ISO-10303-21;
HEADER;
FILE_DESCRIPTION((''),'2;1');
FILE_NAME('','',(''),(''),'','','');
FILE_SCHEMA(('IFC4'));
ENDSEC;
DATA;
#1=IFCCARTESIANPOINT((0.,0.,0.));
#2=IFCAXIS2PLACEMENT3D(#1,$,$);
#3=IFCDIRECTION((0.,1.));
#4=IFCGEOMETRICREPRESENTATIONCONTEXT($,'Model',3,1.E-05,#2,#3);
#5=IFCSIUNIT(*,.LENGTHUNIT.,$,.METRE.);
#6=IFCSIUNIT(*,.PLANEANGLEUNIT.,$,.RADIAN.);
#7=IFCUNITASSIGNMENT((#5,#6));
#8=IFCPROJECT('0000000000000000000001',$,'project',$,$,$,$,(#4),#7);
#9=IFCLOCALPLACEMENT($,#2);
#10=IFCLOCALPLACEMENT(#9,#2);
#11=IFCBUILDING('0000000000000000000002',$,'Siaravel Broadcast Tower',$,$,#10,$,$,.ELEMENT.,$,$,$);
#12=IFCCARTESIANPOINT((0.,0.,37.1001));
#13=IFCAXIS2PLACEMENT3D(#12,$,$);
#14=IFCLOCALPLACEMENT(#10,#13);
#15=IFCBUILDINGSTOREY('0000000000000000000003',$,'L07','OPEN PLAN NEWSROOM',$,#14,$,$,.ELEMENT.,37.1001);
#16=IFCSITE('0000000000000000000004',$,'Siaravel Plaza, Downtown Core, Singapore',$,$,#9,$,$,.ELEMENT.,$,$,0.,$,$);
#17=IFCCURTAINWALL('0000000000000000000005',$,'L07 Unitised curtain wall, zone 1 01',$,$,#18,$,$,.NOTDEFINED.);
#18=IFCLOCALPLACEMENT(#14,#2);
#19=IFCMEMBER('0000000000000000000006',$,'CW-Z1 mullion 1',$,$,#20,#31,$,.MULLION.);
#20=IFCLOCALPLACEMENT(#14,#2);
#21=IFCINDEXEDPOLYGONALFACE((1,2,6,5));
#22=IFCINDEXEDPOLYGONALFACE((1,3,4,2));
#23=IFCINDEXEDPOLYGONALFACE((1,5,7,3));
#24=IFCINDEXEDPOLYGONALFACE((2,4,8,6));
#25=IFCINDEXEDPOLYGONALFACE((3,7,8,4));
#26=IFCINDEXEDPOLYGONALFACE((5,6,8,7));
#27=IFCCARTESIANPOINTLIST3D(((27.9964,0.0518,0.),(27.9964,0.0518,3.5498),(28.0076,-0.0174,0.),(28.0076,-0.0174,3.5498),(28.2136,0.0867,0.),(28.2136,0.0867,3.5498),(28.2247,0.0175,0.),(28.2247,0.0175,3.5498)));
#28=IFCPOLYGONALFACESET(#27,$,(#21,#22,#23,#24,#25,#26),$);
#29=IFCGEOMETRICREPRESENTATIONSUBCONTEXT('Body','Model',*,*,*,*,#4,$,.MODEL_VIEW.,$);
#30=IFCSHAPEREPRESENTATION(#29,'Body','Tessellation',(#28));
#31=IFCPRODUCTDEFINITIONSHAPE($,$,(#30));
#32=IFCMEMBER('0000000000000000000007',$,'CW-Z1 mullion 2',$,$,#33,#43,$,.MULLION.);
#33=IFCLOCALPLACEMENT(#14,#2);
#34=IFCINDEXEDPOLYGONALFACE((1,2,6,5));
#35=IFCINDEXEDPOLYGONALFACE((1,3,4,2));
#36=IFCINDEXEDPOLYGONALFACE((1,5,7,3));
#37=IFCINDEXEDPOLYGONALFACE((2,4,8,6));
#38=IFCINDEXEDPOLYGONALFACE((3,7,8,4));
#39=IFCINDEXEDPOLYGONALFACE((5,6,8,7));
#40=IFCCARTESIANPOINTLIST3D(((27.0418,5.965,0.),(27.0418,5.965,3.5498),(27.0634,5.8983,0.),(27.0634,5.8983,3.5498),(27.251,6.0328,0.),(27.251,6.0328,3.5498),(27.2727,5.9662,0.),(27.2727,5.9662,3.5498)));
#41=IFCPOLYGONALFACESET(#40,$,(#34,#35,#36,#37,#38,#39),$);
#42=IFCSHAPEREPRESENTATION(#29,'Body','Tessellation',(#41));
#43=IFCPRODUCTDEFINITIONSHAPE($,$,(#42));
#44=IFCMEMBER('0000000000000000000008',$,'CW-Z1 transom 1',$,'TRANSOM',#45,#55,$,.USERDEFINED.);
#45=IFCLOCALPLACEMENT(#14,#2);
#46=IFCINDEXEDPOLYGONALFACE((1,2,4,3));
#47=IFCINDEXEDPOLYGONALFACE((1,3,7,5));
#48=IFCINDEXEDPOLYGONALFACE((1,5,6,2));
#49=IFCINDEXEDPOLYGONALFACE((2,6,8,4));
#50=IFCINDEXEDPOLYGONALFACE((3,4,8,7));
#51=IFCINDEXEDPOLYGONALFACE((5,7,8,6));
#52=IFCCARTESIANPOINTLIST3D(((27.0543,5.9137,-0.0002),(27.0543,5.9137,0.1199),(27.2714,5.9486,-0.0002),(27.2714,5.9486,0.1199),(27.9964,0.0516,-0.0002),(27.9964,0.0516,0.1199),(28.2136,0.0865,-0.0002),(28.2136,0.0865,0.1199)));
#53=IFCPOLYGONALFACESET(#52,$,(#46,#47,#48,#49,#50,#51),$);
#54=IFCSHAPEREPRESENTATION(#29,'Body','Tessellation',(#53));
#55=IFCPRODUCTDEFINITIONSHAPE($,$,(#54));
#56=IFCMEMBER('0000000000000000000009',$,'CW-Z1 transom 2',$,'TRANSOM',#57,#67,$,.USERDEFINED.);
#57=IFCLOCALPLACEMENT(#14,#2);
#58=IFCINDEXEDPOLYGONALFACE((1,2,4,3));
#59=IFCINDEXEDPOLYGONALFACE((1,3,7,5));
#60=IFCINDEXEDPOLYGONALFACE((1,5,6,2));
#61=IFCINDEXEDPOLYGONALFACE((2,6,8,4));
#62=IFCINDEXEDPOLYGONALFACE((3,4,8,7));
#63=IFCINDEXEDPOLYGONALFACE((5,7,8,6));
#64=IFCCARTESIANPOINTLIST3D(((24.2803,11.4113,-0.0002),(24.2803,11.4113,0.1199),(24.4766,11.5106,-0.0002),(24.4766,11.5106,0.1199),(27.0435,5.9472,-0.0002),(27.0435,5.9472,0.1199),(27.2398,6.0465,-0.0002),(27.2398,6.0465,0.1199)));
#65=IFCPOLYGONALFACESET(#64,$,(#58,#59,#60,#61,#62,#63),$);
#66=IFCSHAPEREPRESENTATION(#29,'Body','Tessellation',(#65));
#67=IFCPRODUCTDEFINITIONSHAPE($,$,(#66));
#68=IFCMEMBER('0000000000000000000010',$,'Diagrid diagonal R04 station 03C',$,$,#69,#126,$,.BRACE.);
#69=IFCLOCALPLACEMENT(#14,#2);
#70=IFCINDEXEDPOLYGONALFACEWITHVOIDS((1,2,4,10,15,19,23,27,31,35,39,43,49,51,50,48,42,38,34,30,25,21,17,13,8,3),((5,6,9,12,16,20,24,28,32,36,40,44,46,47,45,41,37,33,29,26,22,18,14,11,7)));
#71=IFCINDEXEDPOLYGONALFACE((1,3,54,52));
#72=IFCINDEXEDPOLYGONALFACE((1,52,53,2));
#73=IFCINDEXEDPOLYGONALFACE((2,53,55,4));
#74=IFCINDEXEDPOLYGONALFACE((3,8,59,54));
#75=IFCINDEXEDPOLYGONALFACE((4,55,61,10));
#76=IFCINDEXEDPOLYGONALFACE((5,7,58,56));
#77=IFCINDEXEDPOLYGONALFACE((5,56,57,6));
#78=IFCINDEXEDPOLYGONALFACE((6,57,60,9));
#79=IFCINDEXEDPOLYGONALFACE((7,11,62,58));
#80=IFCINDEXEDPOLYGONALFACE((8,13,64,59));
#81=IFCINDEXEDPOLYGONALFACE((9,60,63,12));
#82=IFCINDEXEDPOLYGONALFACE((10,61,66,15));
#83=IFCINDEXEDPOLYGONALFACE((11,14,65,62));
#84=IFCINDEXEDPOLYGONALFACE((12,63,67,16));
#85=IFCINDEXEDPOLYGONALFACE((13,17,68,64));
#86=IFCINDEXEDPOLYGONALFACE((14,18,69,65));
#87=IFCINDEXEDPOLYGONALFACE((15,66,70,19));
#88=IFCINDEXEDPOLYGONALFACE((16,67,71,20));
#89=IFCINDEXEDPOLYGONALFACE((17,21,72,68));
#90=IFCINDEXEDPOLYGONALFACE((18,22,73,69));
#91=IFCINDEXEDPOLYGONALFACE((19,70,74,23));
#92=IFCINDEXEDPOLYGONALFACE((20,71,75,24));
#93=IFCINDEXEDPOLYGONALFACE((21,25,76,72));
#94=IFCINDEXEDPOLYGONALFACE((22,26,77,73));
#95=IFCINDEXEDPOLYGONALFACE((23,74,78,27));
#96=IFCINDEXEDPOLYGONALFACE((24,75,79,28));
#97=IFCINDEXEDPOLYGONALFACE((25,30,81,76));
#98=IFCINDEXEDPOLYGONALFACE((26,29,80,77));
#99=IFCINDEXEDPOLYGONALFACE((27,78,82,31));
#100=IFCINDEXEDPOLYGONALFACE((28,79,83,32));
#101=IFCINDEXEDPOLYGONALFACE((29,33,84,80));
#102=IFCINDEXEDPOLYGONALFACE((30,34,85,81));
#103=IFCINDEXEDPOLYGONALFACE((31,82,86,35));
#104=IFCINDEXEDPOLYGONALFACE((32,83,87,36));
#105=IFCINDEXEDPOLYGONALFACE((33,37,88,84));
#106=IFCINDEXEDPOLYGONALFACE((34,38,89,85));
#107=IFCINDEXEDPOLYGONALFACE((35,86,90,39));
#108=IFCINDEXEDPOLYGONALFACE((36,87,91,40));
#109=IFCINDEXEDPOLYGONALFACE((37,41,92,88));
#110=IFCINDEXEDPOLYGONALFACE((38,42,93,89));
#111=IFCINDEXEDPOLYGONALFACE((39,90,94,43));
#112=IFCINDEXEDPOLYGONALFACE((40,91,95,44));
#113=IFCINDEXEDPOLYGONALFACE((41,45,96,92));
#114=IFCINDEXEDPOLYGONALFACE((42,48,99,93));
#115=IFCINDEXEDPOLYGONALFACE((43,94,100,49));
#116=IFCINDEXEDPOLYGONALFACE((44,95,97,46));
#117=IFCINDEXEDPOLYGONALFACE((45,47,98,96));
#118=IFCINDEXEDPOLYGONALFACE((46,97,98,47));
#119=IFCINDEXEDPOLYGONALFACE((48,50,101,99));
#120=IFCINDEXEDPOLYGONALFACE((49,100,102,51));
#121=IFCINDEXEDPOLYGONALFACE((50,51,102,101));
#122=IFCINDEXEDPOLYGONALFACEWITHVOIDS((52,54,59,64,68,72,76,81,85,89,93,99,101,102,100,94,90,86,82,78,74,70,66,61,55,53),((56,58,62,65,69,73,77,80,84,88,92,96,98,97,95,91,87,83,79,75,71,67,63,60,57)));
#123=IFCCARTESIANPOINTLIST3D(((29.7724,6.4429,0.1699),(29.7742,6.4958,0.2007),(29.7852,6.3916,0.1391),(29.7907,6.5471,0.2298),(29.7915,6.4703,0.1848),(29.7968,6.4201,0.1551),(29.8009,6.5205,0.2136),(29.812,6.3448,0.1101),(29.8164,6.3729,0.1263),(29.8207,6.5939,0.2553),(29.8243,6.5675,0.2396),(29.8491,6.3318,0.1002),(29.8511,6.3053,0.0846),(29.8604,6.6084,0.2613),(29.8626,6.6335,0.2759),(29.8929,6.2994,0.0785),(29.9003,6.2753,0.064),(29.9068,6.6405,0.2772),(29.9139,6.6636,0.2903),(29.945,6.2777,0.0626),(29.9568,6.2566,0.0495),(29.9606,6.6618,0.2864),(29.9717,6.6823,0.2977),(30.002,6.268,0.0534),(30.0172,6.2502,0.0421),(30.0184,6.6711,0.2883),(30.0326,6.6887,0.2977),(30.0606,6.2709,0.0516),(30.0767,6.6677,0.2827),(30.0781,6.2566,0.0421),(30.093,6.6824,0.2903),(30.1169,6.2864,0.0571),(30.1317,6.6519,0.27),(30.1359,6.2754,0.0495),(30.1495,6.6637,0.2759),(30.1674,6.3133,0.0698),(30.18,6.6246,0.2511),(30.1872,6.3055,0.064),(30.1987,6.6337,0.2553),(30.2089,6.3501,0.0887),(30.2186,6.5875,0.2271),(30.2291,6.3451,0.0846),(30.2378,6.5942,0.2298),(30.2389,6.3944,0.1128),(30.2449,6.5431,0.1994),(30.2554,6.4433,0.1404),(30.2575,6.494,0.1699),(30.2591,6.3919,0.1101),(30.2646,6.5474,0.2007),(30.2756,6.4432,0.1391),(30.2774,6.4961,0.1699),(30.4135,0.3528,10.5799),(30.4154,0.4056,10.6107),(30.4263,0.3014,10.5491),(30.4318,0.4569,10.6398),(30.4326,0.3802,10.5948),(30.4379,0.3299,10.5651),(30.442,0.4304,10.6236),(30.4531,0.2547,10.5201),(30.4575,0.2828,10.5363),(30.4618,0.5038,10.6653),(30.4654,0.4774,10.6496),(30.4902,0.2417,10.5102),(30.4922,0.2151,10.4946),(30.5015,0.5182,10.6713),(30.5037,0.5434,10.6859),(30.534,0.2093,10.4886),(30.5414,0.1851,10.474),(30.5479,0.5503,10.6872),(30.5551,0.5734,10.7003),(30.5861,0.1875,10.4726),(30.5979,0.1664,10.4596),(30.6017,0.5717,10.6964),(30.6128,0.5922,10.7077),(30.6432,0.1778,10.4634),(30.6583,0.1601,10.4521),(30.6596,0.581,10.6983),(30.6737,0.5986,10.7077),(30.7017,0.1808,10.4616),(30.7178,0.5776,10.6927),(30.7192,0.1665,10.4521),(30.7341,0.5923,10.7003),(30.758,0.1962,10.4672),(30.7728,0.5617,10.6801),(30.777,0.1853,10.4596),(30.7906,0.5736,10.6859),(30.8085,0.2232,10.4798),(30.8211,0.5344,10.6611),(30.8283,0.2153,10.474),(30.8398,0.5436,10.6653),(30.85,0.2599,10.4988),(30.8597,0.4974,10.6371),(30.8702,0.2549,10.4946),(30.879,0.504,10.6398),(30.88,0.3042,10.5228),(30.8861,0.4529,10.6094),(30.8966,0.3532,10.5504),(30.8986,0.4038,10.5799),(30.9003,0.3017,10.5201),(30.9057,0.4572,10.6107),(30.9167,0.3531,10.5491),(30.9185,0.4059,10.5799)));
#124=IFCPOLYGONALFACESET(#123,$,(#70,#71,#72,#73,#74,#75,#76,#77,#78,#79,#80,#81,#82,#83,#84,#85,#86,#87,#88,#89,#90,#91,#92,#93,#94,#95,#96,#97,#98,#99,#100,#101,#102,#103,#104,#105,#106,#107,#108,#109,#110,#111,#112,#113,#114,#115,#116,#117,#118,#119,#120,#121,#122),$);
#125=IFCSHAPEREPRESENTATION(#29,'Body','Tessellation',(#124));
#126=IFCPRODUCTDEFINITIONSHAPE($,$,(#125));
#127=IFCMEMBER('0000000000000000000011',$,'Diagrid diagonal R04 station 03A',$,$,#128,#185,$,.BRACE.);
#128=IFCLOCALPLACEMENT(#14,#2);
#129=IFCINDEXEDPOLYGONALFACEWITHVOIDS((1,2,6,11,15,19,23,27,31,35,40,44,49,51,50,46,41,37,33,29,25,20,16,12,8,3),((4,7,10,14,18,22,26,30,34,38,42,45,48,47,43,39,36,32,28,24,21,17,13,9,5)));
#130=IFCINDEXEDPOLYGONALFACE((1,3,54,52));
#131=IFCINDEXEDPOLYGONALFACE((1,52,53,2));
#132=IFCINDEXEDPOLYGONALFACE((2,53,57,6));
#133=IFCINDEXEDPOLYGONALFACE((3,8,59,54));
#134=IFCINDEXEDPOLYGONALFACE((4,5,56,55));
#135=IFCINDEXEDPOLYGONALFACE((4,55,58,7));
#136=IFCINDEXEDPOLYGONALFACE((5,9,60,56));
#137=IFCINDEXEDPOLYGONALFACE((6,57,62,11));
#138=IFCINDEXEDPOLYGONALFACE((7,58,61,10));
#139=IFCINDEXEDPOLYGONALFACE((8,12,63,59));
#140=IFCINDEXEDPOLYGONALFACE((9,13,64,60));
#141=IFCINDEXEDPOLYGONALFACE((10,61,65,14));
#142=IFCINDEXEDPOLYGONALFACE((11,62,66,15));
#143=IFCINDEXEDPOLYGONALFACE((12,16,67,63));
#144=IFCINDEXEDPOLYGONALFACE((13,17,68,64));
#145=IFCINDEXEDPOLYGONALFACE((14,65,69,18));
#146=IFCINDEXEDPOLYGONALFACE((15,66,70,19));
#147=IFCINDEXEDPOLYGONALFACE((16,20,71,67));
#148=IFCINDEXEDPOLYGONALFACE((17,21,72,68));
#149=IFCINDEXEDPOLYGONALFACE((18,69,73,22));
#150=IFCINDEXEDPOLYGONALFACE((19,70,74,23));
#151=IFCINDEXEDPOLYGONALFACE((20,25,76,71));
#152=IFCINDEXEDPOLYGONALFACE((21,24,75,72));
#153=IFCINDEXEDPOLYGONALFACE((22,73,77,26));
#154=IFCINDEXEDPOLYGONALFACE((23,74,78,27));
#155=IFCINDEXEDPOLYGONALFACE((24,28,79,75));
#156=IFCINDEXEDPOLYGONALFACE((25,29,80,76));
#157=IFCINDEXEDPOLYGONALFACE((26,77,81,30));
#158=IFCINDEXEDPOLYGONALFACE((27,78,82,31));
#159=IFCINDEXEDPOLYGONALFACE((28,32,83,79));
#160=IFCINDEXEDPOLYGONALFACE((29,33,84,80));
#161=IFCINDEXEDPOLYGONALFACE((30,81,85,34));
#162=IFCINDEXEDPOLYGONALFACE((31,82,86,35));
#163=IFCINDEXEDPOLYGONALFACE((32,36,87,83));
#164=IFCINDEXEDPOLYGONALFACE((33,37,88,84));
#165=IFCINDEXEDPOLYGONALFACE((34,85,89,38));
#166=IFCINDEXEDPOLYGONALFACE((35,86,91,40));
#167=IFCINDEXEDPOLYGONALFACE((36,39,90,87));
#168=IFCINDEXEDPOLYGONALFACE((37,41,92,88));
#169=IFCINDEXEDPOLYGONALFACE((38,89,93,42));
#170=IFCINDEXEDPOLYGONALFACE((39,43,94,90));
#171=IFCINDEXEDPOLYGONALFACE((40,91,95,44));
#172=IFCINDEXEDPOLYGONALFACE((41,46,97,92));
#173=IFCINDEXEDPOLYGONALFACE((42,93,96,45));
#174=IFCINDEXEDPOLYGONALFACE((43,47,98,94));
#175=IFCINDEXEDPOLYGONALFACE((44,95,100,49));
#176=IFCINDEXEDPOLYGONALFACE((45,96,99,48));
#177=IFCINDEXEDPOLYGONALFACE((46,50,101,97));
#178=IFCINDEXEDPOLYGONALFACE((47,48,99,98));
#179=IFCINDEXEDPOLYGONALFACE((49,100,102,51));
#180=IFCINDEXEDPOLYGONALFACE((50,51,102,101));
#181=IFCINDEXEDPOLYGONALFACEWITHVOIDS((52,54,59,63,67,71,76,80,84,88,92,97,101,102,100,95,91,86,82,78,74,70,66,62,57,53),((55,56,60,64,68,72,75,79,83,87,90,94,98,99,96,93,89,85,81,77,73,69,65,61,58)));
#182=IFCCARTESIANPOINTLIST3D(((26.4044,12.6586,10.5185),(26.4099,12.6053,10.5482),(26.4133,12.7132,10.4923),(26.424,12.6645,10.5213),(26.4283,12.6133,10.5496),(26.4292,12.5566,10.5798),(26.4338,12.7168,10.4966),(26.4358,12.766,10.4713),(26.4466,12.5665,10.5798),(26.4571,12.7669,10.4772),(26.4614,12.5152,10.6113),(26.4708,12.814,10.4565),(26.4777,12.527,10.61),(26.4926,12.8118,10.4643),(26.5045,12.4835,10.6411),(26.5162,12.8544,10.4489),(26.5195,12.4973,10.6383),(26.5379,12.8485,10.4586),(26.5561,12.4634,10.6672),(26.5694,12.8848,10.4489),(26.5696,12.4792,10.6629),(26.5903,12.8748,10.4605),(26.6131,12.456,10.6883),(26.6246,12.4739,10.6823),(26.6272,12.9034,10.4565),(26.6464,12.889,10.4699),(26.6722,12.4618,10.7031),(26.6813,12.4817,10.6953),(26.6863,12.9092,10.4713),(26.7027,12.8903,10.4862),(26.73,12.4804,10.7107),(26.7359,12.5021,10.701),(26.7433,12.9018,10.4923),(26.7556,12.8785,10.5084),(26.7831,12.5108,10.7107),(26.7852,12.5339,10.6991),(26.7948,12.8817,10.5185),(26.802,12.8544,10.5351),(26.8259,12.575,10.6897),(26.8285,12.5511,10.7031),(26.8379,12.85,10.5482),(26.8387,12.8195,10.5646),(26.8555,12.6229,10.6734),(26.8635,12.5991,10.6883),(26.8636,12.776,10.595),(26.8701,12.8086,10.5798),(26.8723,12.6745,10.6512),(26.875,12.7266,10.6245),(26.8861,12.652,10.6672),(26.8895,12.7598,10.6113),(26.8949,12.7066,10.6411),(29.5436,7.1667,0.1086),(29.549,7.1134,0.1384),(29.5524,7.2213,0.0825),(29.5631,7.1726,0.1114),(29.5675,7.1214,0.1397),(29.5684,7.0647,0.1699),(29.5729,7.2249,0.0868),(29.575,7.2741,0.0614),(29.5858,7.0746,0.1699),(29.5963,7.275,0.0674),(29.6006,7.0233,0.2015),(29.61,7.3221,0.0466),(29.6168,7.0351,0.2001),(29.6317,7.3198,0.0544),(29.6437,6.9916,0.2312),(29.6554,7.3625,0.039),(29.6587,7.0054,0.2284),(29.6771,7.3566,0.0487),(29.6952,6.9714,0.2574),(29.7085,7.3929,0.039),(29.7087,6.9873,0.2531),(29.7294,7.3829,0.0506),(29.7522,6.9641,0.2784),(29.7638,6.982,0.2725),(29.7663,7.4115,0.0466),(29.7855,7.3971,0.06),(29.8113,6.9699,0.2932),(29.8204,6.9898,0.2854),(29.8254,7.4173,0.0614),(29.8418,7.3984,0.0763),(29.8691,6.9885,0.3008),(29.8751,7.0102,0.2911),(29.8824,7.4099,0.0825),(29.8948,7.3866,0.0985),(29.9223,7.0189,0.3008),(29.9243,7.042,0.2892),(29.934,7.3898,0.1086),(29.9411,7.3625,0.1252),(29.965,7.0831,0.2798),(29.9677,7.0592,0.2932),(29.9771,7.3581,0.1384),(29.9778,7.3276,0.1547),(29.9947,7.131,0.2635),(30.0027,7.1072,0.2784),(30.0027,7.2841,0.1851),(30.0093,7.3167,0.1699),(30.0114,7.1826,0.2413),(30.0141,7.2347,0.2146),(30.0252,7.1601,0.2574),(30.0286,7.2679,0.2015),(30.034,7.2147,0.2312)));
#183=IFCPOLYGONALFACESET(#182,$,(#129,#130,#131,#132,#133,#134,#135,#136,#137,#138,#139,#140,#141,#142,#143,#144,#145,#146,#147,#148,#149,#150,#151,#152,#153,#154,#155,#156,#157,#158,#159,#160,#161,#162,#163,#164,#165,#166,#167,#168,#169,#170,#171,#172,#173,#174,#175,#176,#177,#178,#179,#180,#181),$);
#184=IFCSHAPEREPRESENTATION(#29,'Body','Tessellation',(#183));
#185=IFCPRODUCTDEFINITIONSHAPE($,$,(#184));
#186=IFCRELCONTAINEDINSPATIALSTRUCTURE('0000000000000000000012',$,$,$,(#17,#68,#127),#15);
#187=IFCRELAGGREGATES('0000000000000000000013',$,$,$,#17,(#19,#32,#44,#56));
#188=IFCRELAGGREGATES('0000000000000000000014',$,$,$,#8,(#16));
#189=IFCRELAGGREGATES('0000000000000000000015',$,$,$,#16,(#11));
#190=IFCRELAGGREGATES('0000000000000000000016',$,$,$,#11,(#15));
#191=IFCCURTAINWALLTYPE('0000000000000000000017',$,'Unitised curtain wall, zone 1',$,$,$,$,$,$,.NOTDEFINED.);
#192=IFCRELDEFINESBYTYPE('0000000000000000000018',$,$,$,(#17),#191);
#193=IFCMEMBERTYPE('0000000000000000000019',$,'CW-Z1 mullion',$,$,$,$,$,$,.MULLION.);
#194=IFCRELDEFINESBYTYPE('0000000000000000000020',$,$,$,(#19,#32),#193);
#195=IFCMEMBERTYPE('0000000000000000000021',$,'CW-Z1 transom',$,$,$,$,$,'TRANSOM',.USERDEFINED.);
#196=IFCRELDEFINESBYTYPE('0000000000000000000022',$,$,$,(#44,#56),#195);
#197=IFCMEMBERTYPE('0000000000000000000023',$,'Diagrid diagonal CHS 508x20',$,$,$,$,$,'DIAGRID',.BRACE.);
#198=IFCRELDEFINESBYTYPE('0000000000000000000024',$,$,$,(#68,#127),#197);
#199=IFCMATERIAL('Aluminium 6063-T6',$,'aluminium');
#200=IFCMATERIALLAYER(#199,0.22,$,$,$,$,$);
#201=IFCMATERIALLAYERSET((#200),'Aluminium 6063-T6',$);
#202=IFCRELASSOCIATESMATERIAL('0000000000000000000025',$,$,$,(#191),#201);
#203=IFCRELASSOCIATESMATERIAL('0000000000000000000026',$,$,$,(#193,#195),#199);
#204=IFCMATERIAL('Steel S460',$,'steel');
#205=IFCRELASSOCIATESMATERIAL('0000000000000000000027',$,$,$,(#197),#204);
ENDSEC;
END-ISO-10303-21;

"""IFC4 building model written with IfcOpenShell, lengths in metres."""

from ifc_helpers import new_model, si_unit, direction, frame, origin, origin_2d, place, context, subcontext, project, spatial, rectangle, hollow_circle, extrude, material, layer, layer_set, material_profile, profile_set, type_object, element, aggregate, save


model = new_model("IFC4")

# Units and contexts
model_context = context("Model", 3, precision=1e-05, world=origin(), true_north=direction((0.0, 1.0)))
body_context = subcontext(model_context, "Body", "Model", "MODEL_VIEW")
ifc_project = project(units=[si_unit("LENGTHUNIT", "METRE"), si_unit("PLANEANGLEUNIT", "RADIAN")], contexts=[model_context])

# Site, building, storey
site_placement = place(None, origin())
site = spatial("IfcSite", under=ifc_project, at=site_placement, Name="Siaravel Plaza, Downtown Core, Singapore", CompositionType="ELEMENT", RefElevation=0.0)
building_placement = place(site_placement, origin())
building = spatial("IfcBuilding", under=site, at=building_placement, Name="Siaravel Broadcast Tower", CompositionType="ELEMENT")
storey_placement = place(building_placement, frame((0.0, 0.0, 37.1001)))
storey = spatial("IfcBuildingStorey", under=building, at=storey_placement, Name="L07", Description="OPEN PLAN NEWSROOM", CompositionType="ELEMENT", Elevation=37.1001)

# Curtain wall, members
ifc_material_1 = material(Name="Aluminium 6063-T6", Category="aluminium")
ifc_layer_1 = layer(ifc_material_1, 0.22)
ifc_layer_set_1 = layer_set([ifc_layer_1], Name="Aluminium 6063-T6")
curtain_wall_type = type_object("IfcCurtainWallType", Name="Unitised curtain wall, zone 1", PredefinedType="NOTDEFINED", material=ifc_layer_set_1)
curtain_wall_placement = place(storey_placement, origin())
curtain_wall = element("IfcCurtainWall", 1, at=curtain_wall_placement, inside=storey, type_object=curtain_wall_type, Name="L07 Unitised curtain wall, zone 1 01", PredefinedType="NOTDEFINED")
ifc_material_profile_1 = material_profile(ifc_material_1, rectangle(XDim=0.22, YDim=0.0701, at=origin_2d()))
ifc_profile_set_1 = profile_set([ifc_material_profile_1], Name="Aluminium 6063-T6")
member_type_1 = type_object("IfcMemberType", Name="CW-Z1 mullion", PredefinedType="MULLION", material=ifc_profile_set_1)
member_1_placement = place(storey_placement, frame((28.1106, 0.0347, 0.0), z_axis=(0.0, 0.0, 1.0), x_axis=(-0.987329, -0.158686, 0.0)))
member_1 = element("IfcMember", 2, at=member_1_placement, type_object=member_type_1, Name="CW-Z1 mullion 1", PredefinedType="MULLION", context=body_context, shape_type="SweptSolid", body=[
    extrude(rectangle(XDim=0.22, YDim=0.0701, at=origin_2d()), origin(), (0.0, 0.0, 1.0), 3.5498),
])
member_2_placement = place(storey_placement, frame((27.1572, 5.9656, 0.0), z_axis=(0.0, 0.0, 1.0), x_axis=(-0.951177, -0.308646, 0.0)))
member_2 = element("IfcMember", 3, at=member_2_placement, type_object=member_type_1, Name="CW-Z1 mullion 2", PredefinedType="MULLION", context=body_context, shape_type="SweptSolid", body=[
    extrude(rectangle(XDim=0.22, YDim=0.0701, at=origin_2d()), origin(), (0.0, 0.0, 1.0), 3.5498),
])
ifc_material_profile_2 = material_profile(ifc_material_1, rectangle(XDim=0.22, YDim=0.1201, at=origin_2d()))
ifc_profile_set_2 = profile_set([ifc_material_profile_2], Name="Aluminium 6063-T6")
member_type_2 = type_object("IfcMemberType", Name="CW-Z1 transom", ElementType="TRANSOM", PredefinedType="USERDEFINED", material=ifc_profile_set_2)
member_3_placement = place(storey_placement, frame((28.105, 0.0691, 0.0598), z_axis=(-0.158682, 0.98733, 0.0), x_axis=(-0.98733, -0.158682, 0.0)))
member_3 = element("IfcMember", 4, at=member_3_placement, type_object=member_type_2, Name="CW-Z1 transom 1", ObjectType="TRANSOM", PredefinedType="USERDEFINED", context=body_context, shape_type="SweptSolid", body=[
    extrude(rectangle(XDim=0.22, YDim=0.1201, at=origin_2d()), origin(), (0.0, 0.0, 1.0), 5.9373),
])
member_4_placement = place(storey_placement, frame((27.1416, 5.9968, 0.0598), z_axis=(-0.451276, 0.892384, 0.0), x_axis=(-0.892384, -0.451276, 0.0)))
member_4 = element("IfcMember", 5, at=member_4_placement, type_object=member_type_2, Name="CW-Z1 transom 2", ObjectType="TRANSOM", PredefinedType="USERDEFINED", context=body_context, shape_type="SweptSolid", body=[
    extrude(rectangle(XDim=0.22, YDim=0.1201, at=origin_2d()), origin(), (0.0, 0.0, 1.0), 6.123),
])

# Members
ifc_material_2 = material(Name="Steel S460", Category="steel")
ifc_material_profile_3 = material_profile(ifc_material_2, hollow_circle(Radius=0.2539, WallThickness=0.02, at=origin_2d()))
ifc_profile_set_3 = profile_set([ifc_material_profile_3], Name="Steel S460")
member_type_3 = type_object("IfcMemberType", Name="Diagrid diagonal CHS 508x20", ElementType="DIAGRID", PredefinedType="BRACE", material=ifc_profile_set_3)
member_5_placement = place(storey_placement, frame((30.0249, 6.4695, 0.1699), z_axis=(0.053083, -0.50425, 0.861925), x_axis=(0.994505, 0.104693, 0.0)))
element("IfcMember", 6, at=member_5_placement, inside=storey, type_object=member_type_3, Name="Diagrid diagonal R04 station 03C", PredefinedType="BRACE", context=body_context, shape_type="SweptSolid", body=[
    extrude(hollow_circle(Radius=0.2539, WallThickness=0.02, at=origin_2d()), origin(), (0.0, 0.0, 1.0), 12.0776),
])
member_6_placement = place(storey_placement, frame((29.7888, 7.1907, 0.1699), z_axis=(-0.257705, 0.450853, 0.854587), x_axis=(-0.868181, -0.496247, 0.0)))
element("IfcMember", 7, at=member_6_placement, inside=storey, type_object=member_type_3, Name="Diagrid diagonal R04 station 03A", PredefinedType="BRACE", context=body_context, shape_type="SweptSolid", body=[
    extrude(hollow_circle(Radius=0.2539, WallThickness=0.02, at=origin_2d()), origin(), (0.0, 0.0, 1.0), 12.1812),
])

aggregate(curtain_wall, [member_1, member_2, member_3, member_4])

save(model, "model.ifc")
